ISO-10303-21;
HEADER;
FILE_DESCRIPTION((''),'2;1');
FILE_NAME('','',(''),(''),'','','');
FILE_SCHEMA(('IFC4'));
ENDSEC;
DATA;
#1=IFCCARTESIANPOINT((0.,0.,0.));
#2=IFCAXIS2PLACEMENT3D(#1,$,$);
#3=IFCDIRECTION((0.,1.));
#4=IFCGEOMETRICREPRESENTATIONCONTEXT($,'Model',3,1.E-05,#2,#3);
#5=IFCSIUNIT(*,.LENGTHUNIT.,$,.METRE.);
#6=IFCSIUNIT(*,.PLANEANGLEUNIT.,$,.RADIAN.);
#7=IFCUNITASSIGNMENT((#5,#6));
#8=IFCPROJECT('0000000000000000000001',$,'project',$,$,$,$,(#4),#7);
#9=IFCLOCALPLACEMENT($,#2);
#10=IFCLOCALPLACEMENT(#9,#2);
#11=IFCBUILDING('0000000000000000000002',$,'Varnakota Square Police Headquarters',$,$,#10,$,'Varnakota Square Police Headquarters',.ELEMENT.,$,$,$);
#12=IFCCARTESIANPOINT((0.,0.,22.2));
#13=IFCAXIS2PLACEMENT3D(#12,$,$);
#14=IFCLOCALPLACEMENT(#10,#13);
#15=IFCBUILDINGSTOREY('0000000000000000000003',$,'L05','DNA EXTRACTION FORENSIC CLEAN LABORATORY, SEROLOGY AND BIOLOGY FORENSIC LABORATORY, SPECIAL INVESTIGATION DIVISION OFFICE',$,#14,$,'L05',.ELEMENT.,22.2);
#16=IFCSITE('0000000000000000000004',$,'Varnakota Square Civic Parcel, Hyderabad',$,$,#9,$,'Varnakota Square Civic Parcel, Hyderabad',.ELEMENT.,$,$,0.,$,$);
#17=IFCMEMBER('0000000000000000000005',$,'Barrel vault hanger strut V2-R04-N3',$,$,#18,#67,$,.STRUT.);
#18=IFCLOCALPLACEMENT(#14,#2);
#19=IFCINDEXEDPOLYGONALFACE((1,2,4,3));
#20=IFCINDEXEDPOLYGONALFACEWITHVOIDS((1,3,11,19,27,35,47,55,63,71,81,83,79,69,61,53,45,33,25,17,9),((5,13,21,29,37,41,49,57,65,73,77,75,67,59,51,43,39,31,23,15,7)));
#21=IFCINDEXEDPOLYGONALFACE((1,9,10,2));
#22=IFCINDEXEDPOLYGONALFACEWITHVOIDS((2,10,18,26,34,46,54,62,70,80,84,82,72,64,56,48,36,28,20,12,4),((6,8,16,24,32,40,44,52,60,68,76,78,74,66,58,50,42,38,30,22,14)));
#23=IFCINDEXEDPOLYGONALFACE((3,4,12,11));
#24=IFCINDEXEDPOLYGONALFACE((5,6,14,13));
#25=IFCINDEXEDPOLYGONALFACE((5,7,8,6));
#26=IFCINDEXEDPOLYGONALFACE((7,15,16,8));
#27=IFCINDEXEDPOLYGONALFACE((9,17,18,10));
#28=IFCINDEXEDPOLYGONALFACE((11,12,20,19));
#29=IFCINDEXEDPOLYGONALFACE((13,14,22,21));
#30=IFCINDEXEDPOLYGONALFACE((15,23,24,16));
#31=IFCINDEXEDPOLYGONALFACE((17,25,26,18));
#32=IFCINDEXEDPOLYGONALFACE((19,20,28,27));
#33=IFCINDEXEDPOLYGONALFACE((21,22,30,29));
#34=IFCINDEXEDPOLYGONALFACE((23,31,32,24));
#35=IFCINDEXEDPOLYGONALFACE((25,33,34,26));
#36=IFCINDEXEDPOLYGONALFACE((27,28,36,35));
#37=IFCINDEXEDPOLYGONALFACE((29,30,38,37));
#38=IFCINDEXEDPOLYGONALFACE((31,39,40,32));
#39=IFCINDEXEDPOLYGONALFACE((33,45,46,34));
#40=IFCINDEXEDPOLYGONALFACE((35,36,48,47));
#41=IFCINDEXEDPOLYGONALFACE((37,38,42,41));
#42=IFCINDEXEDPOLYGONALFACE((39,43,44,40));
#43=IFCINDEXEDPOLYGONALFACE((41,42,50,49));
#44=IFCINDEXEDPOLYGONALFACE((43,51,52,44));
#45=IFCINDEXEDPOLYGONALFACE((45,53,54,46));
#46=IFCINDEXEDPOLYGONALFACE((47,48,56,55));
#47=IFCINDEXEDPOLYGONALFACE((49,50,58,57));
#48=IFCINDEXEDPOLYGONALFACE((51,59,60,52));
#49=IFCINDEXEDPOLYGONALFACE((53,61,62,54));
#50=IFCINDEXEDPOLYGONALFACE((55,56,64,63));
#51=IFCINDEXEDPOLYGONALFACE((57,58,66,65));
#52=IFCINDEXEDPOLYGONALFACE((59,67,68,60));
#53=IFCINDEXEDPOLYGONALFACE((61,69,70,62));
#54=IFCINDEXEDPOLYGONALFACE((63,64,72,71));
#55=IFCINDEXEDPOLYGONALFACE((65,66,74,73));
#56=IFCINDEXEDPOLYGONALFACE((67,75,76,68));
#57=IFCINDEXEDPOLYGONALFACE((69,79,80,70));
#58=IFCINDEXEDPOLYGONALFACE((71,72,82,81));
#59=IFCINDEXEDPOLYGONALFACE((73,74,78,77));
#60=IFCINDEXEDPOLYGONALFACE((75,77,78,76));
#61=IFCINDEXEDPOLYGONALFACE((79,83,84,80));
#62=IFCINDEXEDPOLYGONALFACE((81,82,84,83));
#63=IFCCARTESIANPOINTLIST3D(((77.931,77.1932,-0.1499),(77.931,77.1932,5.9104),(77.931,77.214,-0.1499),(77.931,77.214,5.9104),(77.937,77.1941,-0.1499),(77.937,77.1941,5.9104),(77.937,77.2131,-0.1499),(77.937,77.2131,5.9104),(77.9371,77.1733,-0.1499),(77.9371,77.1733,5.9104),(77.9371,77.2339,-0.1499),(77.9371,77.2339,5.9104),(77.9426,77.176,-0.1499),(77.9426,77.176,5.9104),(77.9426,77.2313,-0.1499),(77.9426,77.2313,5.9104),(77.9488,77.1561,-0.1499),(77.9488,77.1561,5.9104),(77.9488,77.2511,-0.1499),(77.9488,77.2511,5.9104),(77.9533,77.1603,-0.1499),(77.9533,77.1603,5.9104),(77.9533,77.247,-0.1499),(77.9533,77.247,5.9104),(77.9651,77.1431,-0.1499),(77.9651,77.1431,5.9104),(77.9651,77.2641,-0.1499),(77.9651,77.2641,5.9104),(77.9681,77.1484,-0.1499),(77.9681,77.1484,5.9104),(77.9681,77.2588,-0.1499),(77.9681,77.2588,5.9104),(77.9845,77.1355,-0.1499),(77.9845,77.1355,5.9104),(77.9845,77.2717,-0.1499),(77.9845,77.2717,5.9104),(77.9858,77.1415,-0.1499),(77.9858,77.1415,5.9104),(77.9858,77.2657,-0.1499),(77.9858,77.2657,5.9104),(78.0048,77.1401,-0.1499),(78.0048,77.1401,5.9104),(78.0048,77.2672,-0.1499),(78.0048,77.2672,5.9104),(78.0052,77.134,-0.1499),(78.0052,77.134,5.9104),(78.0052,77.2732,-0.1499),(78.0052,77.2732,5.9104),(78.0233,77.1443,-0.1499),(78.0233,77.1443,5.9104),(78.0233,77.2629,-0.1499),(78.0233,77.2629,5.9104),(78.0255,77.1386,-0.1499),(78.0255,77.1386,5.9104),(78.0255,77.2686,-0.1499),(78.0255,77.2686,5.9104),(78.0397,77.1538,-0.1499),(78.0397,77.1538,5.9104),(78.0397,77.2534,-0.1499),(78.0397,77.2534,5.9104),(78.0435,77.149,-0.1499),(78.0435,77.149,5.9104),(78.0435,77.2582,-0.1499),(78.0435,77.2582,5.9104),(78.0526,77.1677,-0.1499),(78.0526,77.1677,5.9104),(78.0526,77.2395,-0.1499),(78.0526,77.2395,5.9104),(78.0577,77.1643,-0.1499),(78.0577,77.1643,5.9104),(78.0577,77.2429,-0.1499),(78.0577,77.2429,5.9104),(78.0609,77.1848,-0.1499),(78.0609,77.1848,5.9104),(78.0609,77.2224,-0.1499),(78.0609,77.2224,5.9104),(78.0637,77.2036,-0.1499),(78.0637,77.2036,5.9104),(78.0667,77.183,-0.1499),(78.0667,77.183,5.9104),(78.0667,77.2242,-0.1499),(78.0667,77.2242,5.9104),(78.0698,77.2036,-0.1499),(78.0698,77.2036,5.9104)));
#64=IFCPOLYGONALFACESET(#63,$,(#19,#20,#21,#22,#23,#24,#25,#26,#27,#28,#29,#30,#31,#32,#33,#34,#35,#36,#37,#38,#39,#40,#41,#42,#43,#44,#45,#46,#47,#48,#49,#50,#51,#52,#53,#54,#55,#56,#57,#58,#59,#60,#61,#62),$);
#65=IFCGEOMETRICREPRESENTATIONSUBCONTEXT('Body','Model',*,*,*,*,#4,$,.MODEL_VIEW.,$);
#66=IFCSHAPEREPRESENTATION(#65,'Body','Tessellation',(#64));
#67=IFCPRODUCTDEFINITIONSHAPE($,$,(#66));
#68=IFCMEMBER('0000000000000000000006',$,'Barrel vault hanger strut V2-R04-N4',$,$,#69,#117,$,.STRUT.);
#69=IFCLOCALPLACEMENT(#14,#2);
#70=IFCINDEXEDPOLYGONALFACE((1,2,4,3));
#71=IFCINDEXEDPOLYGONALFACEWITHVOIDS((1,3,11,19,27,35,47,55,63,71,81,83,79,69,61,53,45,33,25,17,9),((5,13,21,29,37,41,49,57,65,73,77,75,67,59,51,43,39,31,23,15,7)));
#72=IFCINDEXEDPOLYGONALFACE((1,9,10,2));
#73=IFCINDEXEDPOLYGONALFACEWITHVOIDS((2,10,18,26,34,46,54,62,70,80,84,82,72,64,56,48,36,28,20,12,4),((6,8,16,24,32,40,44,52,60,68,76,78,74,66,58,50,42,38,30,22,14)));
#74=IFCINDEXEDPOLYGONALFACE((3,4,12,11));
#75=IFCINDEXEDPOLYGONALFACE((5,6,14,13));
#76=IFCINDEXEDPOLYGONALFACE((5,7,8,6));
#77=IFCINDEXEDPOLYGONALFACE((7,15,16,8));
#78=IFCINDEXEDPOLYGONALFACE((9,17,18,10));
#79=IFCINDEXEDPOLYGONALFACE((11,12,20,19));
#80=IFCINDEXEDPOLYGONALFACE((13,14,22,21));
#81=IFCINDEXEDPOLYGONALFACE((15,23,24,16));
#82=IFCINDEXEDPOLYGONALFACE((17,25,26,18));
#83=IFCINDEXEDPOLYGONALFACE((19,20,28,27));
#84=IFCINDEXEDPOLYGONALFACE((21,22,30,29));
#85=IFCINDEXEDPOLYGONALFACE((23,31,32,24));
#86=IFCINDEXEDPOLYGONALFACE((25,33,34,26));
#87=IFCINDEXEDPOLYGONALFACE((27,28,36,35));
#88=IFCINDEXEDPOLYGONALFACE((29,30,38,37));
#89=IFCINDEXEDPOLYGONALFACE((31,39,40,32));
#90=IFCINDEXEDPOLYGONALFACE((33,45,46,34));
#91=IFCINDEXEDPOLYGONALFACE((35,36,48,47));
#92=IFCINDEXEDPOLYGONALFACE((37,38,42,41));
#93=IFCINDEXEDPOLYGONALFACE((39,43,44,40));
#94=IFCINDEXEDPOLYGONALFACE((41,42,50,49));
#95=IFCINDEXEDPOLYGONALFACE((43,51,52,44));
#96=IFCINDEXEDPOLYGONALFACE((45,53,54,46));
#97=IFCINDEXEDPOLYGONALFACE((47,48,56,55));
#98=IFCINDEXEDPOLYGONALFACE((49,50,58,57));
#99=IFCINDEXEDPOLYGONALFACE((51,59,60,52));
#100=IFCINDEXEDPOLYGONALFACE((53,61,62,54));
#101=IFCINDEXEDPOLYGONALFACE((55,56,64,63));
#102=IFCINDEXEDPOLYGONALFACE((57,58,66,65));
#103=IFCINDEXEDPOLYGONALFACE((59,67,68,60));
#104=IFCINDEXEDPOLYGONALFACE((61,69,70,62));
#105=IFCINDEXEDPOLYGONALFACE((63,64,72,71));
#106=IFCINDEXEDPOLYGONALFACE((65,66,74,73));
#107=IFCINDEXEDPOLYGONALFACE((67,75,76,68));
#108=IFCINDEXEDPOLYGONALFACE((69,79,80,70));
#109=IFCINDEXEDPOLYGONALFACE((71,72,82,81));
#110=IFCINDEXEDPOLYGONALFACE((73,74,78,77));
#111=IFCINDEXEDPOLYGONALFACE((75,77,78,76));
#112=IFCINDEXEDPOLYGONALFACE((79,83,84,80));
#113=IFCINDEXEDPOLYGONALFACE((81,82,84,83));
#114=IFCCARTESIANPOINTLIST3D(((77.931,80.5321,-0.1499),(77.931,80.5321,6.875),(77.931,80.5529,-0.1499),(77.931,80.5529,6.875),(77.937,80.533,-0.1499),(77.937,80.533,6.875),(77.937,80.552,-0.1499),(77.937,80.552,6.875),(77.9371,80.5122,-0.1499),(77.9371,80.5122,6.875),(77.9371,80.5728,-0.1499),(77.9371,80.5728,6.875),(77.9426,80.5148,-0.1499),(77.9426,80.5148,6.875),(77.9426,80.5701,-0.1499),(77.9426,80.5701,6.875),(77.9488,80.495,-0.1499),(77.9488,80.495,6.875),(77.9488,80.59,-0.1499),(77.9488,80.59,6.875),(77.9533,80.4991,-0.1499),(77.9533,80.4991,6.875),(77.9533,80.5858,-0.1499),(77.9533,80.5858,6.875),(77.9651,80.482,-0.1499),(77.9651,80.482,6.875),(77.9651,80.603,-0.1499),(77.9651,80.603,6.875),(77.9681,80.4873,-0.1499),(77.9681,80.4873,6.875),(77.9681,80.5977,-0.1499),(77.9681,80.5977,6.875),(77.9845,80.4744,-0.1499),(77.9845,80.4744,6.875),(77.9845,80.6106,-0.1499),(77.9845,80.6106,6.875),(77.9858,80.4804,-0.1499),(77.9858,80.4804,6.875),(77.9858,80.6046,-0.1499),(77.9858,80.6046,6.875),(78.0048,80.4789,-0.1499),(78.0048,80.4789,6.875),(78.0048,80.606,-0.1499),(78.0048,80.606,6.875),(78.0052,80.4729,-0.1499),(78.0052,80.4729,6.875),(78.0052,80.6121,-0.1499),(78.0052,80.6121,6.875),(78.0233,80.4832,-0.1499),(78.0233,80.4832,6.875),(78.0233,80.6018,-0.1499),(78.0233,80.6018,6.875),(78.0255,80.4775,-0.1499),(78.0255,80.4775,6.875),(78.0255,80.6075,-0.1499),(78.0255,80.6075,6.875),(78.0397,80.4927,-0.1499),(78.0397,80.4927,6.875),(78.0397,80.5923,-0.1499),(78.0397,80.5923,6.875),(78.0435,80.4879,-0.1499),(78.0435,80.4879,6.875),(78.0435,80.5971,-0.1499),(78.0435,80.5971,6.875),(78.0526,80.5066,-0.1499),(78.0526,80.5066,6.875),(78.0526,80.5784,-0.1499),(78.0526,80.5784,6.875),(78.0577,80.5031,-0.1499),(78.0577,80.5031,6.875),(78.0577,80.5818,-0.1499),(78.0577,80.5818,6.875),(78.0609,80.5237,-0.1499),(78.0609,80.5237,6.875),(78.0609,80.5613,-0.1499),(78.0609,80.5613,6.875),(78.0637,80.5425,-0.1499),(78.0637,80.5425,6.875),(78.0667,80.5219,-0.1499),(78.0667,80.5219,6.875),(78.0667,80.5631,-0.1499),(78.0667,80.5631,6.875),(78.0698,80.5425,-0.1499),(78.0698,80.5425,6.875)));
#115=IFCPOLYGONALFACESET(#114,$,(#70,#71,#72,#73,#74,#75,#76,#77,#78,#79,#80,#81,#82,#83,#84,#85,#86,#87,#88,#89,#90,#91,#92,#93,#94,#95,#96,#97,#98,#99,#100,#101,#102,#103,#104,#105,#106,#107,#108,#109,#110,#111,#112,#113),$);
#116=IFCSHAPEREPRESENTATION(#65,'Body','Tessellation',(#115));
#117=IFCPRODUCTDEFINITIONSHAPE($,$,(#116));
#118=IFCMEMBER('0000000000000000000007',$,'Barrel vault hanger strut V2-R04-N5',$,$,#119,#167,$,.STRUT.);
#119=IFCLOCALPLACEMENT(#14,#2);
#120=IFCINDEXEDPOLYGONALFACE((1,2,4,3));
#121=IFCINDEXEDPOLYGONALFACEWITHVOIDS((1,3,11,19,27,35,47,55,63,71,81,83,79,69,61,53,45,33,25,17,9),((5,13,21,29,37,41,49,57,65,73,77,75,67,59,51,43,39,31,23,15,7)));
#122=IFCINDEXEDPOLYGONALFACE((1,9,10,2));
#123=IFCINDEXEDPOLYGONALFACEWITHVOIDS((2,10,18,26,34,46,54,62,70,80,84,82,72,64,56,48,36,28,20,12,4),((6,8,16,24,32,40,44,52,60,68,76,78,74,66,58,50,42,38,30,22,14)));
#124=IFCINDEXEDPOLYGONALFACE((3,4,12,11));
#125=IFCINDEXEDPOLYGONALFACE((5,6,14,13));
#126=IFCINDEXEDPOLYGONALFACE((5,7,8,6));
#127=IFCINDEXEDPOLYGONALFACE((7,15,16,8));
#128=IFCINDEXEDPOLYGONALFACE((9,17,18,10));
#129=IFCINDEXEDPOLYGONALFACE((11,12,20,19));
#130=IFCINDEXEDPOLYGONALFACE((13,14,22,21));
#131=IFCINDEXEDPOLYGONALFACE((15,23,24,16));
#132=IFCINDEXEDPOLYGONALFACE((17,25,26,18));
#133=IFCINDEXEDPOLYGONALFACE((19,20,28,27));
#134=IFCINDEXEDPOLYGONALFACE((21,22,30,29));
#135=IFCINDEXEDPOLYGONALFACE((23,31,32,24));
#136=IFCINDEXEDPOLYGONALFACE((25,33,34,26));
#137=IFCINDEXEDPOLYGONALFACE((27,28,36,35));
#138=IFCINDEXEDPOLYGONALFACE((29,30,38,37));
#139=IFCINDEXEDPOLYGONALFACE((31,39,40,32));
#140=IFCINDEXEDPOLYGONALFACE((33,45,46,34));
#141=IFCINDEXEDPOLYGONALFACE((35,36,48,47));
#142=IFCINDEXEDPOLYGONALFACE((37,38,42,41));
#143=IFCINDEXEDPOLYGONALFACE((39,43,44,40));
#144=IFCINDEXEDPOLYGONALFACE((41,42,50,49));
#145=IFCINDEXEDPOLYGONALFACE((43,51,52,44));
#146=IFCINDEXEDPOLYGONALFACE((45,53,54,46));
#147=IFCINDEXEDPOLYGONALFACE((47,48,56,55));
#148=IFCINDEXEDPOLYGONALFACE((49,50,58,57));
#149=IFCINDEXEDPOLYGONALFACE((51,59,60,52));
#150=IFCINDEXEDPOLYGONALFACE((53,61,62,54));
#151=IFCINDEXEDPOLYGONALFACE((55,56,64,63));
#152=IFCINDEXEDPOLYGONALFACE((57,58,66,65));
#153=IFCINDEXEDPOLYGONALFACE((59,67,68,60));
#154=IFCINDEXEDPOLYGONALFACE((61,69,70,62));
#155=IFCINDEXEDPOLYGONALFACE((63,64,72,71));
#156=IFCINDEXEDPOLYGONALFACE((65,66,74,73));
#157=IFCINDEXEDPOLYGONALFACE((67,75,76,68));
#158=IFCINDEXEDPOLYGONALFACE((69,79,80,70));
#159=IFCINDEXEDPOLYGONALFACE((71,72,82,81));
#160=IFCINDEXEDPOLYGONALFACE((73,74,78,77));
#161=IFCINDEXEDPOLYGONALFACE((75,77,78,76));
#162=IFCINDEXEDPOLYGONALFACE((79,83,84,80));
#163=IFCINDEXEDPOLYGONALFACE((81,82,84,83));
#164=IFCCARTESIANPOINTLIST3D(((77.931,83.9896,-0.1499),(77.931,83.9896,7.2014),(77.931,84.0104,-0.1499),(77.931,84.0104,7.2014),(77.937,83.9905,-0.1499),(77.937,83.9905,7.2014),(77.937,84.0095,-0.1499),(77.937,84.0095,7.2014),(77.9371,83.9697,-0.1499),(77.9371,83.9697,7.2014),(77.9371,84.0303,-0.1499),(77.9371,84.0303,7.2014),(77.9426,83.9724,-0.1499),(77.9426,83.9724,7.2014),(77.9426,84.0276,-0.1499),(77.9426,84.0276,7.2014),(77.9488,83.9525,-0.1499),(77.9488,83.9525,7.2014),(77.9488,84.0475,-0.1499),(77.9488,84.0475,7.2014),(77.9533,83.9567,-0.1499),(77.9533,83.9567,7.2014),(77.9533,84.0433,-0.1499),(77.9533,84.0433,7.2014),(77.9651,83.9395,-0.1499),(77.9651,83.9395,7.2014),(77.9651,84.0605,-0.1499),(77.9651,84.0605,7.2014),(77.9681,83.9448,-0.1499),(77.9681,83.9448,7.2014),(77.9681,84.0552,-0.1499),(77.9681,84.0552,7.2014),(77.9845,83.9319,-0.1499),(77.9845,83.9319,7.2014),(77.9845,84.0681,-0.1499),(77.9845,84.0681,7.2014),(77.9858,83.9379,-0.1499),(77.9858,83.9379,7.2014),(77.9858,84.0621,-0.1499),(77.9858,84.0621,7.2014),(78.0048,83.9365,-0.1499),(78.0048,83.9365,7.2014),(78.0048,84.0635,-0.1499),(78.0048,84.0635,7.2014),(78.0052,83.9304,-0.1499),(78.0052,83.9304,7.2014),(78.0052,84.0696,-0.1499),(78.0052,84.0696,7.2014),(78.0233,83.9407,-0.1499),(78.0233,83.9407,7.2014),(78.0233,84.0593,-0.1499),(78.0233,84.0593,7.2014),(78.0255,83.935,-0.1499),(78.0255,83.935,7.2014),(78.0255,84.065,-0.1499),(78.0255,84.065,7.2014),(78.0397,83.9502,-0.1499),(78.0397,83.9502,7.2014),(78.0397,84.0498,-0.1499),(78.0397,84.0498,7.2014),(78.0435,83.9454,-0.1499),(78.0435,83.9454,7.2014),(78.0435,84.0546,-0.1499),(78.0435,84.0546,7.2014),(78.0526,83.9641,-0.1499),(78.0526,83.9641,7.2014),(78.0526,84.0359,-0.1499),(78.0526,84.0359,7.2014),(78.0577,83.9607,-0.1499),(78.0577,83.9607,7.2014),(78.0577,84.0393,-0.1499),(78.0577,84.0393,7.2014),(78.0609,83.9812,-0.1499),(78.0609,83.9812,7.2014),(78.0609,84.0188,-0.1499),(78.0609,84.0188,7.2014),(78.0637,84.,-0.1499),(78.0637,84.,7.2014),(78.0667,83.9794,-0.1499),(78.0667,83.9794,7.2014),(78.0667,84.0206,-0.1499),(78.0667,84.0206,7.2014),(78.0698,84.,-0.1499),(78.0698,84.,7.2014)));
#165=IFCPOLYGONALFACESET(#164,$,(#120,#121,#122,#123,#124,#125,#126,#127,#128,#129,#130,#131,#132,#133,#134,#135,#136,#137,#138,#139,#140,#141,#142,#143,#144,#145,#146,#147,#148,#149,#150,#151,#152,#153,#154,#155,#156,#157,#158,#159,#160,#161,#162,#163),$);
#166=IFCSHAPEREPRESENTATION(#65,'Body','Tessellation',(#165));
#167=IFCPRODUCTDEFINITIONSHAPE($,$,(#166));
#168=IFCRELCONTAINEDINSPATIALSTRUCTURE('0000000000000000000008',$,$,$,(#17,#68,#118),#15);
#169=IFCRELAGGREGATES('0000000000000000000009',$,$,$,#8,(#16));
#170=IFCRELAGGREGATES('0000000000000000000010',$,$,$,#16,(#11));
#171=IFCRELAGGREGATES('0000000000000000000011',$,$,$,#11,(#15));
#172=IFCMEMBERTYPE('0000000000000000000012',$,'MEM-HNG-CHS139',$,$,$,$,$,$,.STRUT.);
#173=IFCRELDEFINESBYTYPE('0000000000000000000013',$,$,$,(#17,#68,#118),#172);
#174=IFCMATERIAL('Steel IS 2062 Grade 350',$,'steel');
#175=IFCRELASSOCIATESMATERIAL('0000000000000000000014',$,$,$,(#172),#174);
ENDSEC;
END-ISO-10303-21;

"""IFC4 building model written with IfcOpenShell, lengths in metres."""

from ifc_helpers import new_model, si_unit, direction, frame, origin, origin_2d, place, context, subcontext, project, spatial, hollow_circle, extrude, material, material_profile, profile_set, type_object, element, save


model = new_model("IFC4")

# Units and contexts
model_context = context("Model", 3, precision=1e-05, world=origin(), true_north=direction((0.0, 1.0)))
body_context = subcontext(model_context, "Body", "Model", "MODEL_VIEW")
ifc_project = project(units=[si_unit("LENGTHUNIT", "METRE"), si_unit("PLANEANGLEUNIT", "RADIAN")], contexts=[model_context])

# Site, building, storey
site_placement = place(None, origin())
site = spatial("IfcSite", under=ifc_project, at=site_placement, Name="Varnakota Square Civic Parcel, Hyderabad", LongName="Varnakota Square Civic Parcel, Hyderabad", CompositionType="ELEMENT", RefElevation=0.0)
building_placement = place(site_placement, origin())
building = spatial("IfcBuilding", under=site, at=building_placement, Name="Varnakota Square Police Headquarters", LongName="Varnakota Square Police Headquarters", CompositionType="ELEMENT")
storey_placement = place(building_placement, frame((0.0, 0.0, 22.2)))
storey = spatial("IfcBuildingStorey", under=building, at=storey_placement, Name="L05", Description="DNA EXTRACTION FORENSIC CLEAN LABORATORY, SEROLOGY AND BIOLOGY FORENSIC LABORATORY, SPECIAL INVESTIGATION DIVISION OFFICE", LongName="L05", CompositionType="ELEMENT", Elevation=22.2)

# Shared definitions
ifc_material_1 = material(Name="Steel IS 2062 Grade 350", Category="steel")

# Members
ifc_material_profile_1 = material_profile(ifc_material_1, hollow_circle(Radius=0.0698, WallThickness=0.0061, at=origin_2d()), Name="CHS 139.7x6.0")
ifc_profile_set_1 = profile_set([ifc_material_profile_1], Name="Steel IS 2062 Grade 350")
member_type = type_object("IfcMemberType", Name="MEM-HNG-CHS139", PredefinedType="STRUT", material=ifc_profile_set_1)
member_1_placement = place(storey_placement, frame((78.0, 77.2036, -0.1499), z_axis=(0.0, 0.0, 1.0), x_axis=(1.0, 0.0, 0.0)))
element("IfcMember", 1, at=member_1_placement, inside=storey, type_object=member_type, Name="Barrel vault hanger strut V2-R04-N3", PredefinedType="STRUT", context=body_context, shape_type="SweptSolid", body=[
    extrude(hollow_circle(Radius=0.0698, WallThickness=0.0061, at=origin_2d()), origin(), (0.0, 0.0, 1.0), 6.0603),
])
member_2_placement = place(storey_placement, frame((78.0, 80.5425, -0.1499), z_axis=(0.0, 0.0, 1.0), x_axis=(1.0, 0.0, 0.0)))
element("IfcMember", 2, at=member_2_placement, inside=storey, type_object=member_type, Name="Barrel vault hanger strut V2-R04-N4", PredefinedType="STRUT", context=body_context, shape_type="SweptSolid", body=[
    extrude(hollow_circle(Radius=0.0698, WallThickness=0.0061, at=origin_2d()), origin(), (0.0, 0.0, 1.0), 7.0249),
])
member_3_placement = place(storey_placement, frame((78.0, 84.0, -0.1499), z_axis=(0.0, 0.0, 1.0), x_axis=(1.0, 0.0, 0.0)))
element("IfcMember", 3, at=member_3_placement, inside=storey, type_object=member_type, Name="Barrel vault hanger strut V2-R04-N5", PredefinedType="STRUT", context=body_context, shape_type="SweptSolid", body=[
    extrude(hollow_circle(Radius=0.0698, WallThickness=0.0061, at=origin_2d()), origin(), (0.0, 0.0, 1.0), 7.3513),
])

save(model, "model.ifc")
